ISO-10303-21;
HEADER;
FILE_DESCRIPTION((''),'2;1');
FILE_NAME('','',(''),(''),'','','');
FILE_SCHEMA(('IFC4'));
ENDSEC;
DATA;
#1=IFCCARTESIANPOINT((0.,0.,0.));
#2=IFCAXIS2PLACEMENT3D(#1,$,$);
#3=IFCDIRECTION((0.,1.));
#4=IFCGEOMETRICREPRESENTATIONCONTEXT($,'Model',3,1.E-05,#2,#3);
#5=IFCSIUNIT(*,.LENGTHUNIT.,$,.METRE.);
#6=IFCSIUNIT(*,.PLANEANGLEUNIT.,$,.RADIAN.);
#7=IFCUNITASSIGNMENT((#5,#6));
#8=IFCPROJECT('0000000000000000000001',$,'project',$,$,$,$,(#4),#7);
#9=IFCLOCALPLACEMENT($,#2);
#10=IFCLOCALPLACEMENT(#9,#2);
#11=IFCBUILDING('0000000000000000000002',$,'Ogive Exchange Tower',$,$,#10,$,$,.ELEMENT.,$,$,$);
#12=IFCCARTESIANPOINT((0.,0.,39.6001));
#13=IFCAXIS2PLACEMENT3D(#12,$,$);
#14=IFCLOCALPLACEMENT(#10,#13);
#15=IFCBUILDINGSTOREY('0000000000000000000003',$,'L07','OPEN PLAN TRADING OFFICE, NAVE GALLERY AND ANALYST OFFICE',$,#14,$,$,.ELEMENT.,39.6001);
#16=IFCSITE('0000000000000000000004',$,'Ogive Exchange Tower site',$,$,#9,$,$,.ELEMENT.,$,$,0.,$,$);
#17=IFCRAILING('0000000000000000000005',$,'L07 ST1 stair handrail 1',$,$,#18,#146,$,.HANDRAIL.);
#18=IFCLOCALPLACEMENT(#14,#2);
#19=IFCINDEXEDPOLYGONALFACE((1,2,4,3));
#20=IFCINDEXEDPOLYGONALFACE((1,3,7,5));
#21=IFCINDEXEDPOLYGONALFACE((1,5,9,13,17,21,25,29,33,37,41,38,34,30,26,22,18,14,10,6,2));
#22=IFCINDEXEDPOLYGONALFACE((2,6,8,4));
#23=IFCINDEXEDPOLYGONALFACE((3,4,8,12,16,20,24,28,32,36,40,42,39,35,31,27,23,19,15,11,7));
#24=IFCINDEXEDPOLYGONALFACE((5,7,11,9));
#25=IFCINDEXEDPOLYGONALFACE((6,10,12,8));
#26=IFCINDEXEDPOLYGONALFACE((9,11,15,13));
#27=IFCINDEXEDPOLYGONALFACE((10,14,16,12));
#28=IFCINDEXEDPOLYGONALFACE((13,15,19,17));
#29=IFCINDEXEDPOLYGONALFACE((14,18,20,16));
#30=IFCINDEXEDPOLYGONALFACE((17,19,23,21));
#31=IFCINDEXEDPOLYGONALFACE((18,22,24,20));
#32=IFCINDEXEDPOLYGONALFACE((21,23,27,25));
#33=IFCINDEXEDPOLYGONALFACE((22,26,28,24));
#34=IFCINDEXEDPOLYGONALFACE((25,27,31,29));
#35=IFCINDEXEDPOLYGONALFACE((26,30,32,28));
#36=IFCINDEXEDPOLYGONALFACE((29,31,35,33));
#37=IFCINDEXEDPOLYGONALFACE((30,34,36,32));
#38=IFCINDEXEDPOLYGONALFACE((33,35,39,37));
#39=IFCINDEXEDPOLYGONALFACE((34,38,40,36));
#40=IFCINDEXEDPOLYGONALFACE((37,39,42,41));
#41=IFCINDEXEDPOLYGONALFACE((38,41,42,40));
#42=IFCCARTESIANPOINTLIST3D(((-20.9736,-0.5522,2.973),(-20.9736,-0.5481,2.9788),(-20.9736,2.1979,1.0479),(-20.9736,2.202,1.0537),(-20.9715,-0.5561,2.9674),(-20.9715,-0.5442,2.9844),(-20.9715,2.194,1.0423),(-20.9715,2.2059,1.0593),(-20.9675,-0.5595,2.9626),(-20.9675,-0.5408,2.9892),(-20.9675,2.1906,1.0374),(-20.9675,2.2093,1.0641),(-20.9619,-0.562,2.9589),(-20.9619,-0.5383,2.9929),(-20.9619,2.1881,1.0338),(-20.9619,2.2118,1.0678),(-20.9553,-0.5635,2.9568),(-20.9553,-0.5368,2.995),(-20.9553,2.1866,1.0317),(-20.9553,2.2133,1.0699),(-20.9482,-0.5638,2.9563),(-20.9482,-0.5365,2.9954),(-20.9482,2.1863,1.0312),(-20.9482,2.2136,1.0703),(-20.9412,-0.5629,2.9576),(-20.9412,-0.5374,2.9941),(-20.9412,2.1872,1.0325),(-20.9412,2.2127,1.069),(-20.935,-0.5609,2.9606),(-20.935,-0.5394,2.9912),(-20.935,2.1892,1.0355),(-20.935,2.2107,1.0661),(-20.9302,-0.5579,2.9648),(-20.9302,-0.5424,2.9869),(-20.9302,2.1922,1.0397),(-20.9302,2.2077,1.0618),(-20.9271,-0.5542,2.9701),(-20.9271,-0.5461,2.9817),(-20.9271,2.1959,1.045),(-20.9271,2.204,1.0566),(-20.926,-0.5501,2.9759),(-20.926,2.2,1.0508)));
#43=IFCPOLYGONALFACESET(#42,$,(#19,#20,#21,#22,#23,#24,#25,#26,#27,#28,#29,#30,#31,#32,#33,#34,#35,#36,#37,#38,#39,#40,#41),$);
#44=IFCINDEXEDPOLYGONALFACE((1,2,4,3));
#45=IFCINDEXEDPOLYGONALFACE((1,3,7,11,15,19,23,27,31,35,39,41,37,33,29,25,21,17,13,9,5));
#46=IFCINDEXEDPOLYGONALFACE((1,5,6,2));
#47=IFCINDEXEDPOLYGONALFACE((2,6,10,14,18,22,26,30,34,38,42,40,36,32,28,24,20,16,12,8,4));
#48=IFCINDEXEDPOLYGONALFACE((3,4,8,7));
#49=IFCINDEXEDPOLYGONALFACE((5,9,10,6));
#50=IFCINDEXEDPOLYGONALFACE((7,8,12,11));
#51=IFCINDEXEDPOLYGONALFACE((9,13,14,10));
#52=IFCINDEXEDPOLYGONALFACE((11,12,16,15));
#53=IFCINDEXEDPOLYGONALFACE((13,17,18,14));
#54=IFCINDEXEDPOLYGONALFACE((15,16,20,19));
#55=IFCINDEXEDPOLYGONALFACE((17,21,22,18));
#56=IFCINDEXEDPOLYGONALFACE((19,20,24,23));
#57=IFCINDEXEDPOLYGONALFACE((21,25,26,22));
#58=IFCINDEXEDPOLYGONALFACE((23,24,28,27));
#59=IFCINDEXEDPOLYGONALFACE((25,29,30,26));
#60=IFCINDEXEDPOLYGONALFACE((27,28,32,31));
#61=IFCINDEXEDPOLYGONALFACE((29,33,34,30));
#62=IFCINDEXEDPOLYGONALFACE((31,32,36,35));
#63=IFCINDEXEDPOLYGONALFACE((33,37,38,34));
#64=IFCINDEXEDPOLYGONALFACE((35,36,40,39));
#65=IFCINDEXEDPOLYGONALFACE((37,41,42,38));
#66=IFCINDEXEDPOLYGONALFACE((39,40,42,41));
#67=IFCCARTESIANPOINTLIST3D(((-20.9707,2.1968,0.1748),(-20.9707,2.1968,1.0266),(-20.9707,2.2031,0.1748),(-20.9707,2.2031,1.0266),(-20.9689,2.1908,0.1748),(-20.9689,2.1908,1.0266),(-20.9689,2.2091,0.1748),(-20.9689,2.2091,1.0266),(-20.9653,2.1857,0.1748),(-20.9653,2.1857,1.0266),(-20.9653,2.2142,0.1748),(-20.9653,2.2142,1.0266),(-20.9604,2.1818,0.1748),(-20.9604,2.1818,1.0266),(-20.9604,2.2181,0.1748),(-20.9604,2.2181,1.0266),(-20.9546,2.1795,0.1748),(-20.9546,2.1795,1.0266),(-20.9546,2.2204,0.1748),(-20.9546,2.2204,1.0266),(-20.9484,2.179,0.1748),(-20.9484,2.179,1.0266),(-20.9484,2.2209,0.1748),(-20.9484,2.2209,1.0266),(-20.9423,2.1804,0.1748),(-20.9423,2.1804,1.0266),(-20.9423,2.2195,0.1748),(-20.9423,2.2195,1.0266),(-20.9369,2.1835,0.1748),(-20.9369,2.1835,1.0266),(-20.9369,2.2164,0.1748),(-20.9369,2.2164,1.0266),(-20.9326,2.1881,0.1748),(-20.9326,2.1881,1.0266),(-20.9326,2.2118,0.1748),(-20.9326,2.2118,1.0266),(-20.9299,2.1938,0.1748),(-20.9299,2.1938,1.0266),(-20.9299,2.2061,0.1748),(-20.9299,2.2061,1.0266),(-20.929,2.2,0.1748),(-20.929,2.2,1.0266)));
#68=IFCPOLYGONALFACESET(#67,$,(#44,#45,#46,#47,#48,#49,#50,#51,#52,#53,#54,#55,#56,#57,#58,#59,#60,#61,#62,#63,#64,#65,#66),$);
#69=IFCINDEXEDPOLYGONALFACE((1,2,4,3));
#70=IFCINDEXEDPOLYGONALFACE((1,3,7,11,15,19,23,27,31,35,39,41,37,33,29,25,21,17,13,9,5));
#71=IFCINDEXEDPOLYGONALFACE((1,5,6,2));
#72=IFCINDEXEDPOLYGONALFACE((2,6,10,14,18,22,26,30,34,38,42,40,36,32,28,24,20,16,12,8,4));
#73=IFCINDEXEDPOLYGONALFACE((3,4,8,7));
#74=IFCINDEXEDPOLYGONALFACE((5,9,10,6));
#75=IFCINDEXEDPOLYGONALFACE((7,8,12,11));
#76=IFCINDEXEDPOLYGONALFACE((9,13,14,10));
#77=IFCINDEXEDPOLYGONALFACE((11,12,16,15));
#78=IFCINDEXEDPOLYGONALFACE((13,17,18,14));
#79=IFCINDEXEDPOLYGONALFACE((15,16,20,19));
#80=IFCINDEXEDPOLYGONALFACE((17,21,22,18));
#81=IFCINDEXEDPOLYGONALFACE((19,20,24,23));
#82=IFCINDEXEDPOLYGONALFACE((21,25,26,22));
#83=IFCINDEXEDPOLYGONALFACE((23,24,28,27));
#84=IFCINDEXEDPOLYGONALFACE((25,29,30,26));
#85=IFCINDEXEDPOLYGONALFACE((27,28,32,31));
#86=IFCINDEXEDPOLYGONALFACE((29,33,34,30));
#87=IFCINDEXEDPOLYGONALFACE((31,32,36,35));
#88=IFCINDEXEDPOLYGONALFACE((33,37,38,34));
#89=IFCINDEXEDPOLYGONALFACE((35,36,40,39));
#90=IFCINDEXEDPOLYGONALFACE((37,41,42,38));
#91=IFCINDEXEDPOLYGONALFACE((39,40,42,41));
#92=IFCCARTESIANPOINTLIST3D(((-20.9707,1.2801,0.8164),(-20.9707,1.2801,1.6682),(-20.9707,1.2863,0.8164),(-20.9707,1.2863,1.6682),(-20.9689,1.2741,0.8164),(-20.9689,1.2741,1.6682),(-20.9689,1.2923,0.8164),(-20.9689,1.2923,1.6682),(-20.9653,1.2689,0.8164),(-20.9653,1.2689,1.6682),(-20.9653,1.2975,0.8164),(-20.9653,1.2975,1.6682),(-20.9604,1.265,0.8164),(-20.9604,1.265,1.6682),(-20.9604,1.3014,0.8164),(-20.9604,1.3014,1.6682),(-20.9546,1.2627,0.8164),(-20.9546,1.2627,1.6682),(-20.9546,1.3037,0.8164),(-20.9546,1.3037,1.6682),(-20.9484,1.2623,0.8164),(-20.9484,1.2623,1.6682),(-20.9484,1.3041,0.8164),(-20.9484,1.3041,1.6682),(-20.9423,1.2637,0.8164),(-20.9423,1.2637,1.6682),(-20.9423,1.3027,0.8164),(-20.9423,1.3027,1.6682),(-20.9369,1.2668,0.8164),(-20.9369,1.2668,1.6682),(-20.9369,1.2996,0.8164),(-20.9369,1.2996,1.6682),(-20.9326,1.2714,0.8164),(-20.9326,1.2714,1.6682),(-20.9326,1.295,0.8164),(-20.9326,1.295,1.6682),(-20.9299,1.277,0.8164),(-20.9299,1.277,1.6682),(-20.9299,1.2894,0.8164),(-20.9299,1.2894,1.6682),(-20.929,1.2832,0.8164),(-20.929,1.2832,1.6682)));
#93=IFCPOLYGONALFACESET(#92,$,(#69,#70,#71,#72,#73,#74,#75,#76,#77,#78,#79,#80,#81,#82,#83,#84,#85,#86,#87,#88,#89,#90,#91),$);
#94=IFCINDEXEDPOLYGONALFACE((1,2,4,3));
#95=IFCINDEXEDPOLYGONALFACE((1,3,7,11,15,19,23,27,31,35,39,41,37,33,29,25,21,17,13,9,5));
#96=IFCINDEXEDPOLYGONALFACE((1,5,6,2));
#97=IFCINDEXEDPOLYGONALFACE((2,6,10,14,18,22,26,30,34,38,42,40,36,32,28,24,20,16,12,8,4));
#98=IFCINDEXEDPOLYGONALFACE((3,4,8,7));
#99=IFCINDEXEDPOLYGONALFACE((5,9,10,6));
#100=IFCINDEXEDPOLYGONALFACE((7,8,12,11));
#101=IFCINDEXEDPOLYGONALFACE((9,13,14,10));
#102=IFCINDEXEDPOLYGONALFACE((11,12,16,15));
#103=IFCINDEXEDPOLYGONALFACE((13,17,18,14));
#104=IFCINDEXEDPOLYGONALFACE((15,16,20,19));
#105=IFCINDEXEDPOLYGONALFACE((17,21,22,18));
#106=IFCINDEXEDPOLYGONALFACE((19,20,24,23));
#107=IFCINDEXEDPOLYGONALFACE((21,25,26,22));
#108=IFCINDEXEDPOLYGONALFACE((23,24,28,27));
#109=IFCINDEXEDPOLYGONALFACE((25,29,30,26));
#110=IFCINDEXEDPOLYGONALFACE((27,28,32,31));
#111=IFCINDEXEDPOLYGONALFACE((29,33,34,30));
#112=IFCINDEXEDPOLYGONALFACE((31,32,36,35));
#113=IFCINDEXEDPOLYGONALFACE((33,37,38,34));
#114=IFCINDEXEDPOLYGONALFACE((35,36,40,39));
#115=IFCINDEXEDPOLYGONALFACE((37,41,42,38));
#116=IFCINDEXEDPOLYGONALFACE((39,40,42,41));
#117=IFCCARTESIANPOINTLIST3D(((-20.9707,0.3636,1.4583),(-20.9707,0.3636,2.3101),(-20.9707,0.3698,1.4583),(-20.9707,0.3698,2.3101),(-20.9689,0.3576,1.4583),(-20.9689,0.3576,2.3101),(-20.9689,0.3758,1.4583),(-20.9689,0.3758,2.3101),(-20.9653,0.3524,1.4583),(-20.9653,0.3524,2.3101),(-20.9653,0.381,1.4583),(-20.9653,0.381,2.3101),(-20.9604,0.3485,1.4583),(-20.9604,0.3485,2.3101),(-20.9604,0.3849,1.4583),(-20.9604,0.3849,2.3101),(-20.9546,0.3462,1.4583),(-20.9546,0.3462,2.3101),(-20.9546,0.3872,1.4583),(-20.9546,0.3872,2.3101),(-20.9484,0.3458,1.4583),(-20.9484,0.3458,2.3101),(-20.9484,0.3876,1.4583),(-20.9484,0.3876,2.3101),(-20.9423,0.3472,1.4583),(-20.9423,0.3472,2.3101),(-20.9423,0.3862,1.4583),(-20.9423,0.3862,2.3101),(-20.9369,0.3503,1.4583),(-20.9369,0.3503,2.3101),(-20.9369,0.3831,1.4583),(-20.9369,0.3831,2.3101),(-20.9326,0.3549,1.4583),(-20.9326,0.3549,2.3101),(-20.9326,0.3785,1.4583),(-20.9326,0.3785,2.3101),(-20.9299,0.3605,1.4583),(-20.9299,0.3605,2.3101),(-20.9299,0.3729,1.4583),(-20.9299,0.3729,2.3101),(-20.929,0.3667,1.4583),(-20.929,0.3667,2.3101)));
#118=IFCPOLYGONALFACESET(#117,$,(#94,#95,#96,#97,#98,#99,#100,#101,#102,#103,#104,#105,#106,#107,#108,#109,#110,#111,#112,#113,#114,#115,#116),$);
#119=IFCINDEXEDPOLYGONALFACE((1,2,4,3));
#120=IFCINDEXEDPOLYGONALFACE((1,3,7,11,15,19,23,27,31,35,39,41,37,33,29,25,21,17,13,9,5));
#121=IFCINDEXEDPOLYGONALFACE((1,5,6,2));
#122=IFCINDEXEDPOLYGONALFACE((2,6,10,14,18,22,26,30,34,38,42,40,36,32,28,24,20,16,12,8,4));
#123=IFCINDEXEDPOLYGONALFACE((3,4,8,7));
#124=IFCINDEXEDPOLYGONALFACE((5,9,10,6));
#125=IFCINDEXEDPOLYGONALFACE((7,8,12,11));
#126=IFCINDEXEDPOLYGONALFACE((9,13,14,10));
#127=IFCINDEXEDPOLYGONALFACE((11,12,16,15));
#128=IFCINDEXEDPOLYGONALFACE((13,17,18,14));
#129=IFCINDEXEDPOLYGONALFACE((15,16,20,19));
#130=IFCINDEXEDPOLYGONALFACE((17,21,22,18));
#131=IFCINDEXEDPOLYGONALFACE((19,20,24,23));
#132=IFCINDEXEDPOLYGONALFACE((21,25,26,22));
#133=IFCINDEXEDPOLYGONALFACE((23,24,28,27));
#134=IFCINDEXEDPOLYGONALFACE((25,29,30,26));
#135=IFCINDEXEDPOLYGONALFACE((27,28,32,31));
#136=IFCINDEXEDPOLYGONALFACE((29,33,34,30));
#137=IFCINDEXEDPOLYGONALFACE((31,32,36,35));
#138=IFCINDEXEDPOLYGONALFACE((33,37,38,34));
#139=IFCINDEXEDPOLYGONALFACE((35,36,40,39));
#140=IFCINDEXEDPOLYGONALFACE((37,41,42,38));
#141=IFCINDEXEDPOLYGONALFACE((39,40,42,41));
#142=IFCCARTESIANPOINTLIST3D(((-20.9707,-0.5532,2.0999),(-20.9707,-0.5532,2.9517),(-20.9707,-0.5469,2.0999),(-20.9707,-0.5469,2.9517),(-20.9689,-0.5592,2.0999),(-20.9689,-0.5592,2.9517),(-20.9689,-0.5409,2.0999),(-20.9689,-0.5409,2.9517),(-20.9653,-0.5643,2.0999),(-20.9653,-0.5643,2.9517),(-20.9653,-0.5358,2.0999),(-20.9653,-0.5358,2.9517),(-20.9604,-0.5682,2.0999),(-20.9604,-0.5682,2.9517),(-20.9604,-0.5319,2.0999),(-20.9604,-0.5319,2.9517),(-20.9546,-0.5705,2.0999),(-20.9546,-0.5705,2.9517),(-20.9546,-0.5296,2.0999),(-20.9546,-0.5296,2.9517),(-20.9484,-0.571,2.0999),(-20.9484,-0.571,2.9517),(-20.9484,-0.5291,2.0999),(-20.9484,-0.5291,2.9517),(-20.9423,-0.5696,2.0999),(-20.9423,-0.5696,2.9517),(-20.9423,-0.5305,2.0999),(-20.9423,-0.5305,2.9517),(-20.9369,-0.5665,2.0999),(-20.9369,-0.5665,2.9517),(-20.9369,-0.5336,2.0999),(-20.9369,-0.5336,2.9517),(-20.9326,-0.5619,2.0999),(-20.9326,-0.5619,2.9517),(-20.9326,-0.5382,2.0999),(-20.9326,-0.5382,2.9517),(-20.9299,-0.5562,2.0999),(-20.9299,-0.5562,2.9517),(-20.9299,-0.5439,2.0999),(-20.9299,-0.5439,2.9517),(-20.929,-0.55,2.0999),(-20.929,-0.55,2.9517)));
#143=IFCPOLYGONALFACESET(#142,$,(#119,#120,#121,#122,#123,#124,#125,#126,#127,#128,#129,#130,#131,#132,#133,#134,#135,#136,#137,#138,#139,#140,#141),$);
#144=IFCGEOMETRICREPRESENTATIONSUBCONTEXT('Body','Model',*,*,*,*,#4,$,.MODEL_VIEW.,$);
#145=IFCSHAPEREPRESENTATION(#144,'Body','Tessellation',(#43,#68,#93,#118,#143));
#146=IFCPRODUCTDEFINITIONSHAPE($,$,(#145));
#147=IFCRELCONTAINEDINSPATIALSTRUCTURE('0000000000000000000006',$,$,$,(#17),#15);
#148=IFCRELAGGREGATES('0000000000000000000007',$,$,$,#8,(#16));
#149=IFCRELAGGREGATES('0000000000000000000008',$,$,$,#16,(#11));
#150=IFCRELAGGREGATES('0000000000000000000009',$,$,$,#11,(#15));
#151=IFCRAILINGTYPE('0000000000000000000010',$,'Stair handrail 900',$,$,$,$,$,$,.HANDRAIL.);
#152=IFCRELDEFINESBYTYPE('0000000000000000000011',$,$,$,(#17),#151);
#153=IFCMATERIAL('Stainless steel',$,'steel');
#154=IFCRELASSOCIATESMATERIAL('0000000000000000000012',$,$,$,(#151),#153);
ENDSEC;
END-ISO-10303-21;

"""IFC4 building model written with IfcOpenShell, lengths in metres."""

from ifc_helpers import new_model, si_unit, direction, frame, origin, origin_2d, place, context, subcontext, project, spatial, circle, extrude, material, type_object, element, save


model = new_model("IFC4")

# Units and contexts
model_context = context("Model", 3, precision=1e-05, world=origin(), true_north=direction((0.0, 1.0)))
body_context = subcontext(model_context, "Body", "Model", "MODEL_VIEW")
ifc_project = project(units=[si_unit("LENGTHUNIT", "METRE"), si_unit("PLANEANGLEUNIT", "RADIAN")], contexts=[model_context])

# Site, building, storey
site_placement = place(None, origin())
site = spatial("IfcSite", under=ifc_project, at=site_placement, Name="Ogive Exchange Tower site", CompositionType="ELEMENT", RefElevation=0.0)
building_placement = place(site_placement, origin())
building = spatial("IfcBuilding", under=site, at=building_placement, Name="Ogive Exchange Tower", CompositionType="ELEMENT")
storey_placement = place(building_placement, frame((0.0, 0.0, 39.6001)))
storey = spatial("IfcBuildingStorey", under=building, at=storey_placement, Name="L07", Description="OPEN PLAN TRADING OFFICE, NAVE GALLERY AND ANALYST OFFICE", CompositionType="ELEMENT", Elevation=39.6001)

# Shared definitions
ifc_material_1 = material(Name="Stainless steel", Category="steel")

# Railing
railing_type = type_object("IfcRailingType", Name="Stair handrail 900", PredefinedType="HANDRAIL", material=ifc_material_1)
railing_placement = place(storey_placement, frame((-20.95, 2.2, 0.1748)))
element("IfcRailing", 1, at=railing_placement, inside=storey, type_object=railing_type, Name="L07 ST1 stair handrail 1", PredefinedType="HANDRAIL", context=body_context, shape_type="SweptSolid", body=[
    extrude(circle(Radius=0.0239, at=origin_2d()), frame((0.0, 0.0, 0.876), z_axis=(0.0, -0.819225, 0.573472), x_axis=(1.0, 0.0, 0.0)), (0.0, 0.0, 1.0), 3.3569),
    extrude(circle(Radius=0.021, at=origin_2d()), origin(), (0.0, 0.0, 1.0), 0.8518),
    extrude(circle(Radius=0.021, at=origin_2d()), frame((0.0, -0.9167, 0.6416)), (0.0, 0.0, 1.0), 0.8518),
    extrude(circle(Radius=0.021, at=origin_2d()), frame((0.0, -1.8333, 1.2834)), (0.0, 0.0, 1.0), 0.8518),
    extrude(circle(Radius=0.021, at=origin_2d()), frame((0.0, -2.75, 1.925)), (0.0, 0.0, 1.0), 0.8518),
])

save(model, "model.ifc")
